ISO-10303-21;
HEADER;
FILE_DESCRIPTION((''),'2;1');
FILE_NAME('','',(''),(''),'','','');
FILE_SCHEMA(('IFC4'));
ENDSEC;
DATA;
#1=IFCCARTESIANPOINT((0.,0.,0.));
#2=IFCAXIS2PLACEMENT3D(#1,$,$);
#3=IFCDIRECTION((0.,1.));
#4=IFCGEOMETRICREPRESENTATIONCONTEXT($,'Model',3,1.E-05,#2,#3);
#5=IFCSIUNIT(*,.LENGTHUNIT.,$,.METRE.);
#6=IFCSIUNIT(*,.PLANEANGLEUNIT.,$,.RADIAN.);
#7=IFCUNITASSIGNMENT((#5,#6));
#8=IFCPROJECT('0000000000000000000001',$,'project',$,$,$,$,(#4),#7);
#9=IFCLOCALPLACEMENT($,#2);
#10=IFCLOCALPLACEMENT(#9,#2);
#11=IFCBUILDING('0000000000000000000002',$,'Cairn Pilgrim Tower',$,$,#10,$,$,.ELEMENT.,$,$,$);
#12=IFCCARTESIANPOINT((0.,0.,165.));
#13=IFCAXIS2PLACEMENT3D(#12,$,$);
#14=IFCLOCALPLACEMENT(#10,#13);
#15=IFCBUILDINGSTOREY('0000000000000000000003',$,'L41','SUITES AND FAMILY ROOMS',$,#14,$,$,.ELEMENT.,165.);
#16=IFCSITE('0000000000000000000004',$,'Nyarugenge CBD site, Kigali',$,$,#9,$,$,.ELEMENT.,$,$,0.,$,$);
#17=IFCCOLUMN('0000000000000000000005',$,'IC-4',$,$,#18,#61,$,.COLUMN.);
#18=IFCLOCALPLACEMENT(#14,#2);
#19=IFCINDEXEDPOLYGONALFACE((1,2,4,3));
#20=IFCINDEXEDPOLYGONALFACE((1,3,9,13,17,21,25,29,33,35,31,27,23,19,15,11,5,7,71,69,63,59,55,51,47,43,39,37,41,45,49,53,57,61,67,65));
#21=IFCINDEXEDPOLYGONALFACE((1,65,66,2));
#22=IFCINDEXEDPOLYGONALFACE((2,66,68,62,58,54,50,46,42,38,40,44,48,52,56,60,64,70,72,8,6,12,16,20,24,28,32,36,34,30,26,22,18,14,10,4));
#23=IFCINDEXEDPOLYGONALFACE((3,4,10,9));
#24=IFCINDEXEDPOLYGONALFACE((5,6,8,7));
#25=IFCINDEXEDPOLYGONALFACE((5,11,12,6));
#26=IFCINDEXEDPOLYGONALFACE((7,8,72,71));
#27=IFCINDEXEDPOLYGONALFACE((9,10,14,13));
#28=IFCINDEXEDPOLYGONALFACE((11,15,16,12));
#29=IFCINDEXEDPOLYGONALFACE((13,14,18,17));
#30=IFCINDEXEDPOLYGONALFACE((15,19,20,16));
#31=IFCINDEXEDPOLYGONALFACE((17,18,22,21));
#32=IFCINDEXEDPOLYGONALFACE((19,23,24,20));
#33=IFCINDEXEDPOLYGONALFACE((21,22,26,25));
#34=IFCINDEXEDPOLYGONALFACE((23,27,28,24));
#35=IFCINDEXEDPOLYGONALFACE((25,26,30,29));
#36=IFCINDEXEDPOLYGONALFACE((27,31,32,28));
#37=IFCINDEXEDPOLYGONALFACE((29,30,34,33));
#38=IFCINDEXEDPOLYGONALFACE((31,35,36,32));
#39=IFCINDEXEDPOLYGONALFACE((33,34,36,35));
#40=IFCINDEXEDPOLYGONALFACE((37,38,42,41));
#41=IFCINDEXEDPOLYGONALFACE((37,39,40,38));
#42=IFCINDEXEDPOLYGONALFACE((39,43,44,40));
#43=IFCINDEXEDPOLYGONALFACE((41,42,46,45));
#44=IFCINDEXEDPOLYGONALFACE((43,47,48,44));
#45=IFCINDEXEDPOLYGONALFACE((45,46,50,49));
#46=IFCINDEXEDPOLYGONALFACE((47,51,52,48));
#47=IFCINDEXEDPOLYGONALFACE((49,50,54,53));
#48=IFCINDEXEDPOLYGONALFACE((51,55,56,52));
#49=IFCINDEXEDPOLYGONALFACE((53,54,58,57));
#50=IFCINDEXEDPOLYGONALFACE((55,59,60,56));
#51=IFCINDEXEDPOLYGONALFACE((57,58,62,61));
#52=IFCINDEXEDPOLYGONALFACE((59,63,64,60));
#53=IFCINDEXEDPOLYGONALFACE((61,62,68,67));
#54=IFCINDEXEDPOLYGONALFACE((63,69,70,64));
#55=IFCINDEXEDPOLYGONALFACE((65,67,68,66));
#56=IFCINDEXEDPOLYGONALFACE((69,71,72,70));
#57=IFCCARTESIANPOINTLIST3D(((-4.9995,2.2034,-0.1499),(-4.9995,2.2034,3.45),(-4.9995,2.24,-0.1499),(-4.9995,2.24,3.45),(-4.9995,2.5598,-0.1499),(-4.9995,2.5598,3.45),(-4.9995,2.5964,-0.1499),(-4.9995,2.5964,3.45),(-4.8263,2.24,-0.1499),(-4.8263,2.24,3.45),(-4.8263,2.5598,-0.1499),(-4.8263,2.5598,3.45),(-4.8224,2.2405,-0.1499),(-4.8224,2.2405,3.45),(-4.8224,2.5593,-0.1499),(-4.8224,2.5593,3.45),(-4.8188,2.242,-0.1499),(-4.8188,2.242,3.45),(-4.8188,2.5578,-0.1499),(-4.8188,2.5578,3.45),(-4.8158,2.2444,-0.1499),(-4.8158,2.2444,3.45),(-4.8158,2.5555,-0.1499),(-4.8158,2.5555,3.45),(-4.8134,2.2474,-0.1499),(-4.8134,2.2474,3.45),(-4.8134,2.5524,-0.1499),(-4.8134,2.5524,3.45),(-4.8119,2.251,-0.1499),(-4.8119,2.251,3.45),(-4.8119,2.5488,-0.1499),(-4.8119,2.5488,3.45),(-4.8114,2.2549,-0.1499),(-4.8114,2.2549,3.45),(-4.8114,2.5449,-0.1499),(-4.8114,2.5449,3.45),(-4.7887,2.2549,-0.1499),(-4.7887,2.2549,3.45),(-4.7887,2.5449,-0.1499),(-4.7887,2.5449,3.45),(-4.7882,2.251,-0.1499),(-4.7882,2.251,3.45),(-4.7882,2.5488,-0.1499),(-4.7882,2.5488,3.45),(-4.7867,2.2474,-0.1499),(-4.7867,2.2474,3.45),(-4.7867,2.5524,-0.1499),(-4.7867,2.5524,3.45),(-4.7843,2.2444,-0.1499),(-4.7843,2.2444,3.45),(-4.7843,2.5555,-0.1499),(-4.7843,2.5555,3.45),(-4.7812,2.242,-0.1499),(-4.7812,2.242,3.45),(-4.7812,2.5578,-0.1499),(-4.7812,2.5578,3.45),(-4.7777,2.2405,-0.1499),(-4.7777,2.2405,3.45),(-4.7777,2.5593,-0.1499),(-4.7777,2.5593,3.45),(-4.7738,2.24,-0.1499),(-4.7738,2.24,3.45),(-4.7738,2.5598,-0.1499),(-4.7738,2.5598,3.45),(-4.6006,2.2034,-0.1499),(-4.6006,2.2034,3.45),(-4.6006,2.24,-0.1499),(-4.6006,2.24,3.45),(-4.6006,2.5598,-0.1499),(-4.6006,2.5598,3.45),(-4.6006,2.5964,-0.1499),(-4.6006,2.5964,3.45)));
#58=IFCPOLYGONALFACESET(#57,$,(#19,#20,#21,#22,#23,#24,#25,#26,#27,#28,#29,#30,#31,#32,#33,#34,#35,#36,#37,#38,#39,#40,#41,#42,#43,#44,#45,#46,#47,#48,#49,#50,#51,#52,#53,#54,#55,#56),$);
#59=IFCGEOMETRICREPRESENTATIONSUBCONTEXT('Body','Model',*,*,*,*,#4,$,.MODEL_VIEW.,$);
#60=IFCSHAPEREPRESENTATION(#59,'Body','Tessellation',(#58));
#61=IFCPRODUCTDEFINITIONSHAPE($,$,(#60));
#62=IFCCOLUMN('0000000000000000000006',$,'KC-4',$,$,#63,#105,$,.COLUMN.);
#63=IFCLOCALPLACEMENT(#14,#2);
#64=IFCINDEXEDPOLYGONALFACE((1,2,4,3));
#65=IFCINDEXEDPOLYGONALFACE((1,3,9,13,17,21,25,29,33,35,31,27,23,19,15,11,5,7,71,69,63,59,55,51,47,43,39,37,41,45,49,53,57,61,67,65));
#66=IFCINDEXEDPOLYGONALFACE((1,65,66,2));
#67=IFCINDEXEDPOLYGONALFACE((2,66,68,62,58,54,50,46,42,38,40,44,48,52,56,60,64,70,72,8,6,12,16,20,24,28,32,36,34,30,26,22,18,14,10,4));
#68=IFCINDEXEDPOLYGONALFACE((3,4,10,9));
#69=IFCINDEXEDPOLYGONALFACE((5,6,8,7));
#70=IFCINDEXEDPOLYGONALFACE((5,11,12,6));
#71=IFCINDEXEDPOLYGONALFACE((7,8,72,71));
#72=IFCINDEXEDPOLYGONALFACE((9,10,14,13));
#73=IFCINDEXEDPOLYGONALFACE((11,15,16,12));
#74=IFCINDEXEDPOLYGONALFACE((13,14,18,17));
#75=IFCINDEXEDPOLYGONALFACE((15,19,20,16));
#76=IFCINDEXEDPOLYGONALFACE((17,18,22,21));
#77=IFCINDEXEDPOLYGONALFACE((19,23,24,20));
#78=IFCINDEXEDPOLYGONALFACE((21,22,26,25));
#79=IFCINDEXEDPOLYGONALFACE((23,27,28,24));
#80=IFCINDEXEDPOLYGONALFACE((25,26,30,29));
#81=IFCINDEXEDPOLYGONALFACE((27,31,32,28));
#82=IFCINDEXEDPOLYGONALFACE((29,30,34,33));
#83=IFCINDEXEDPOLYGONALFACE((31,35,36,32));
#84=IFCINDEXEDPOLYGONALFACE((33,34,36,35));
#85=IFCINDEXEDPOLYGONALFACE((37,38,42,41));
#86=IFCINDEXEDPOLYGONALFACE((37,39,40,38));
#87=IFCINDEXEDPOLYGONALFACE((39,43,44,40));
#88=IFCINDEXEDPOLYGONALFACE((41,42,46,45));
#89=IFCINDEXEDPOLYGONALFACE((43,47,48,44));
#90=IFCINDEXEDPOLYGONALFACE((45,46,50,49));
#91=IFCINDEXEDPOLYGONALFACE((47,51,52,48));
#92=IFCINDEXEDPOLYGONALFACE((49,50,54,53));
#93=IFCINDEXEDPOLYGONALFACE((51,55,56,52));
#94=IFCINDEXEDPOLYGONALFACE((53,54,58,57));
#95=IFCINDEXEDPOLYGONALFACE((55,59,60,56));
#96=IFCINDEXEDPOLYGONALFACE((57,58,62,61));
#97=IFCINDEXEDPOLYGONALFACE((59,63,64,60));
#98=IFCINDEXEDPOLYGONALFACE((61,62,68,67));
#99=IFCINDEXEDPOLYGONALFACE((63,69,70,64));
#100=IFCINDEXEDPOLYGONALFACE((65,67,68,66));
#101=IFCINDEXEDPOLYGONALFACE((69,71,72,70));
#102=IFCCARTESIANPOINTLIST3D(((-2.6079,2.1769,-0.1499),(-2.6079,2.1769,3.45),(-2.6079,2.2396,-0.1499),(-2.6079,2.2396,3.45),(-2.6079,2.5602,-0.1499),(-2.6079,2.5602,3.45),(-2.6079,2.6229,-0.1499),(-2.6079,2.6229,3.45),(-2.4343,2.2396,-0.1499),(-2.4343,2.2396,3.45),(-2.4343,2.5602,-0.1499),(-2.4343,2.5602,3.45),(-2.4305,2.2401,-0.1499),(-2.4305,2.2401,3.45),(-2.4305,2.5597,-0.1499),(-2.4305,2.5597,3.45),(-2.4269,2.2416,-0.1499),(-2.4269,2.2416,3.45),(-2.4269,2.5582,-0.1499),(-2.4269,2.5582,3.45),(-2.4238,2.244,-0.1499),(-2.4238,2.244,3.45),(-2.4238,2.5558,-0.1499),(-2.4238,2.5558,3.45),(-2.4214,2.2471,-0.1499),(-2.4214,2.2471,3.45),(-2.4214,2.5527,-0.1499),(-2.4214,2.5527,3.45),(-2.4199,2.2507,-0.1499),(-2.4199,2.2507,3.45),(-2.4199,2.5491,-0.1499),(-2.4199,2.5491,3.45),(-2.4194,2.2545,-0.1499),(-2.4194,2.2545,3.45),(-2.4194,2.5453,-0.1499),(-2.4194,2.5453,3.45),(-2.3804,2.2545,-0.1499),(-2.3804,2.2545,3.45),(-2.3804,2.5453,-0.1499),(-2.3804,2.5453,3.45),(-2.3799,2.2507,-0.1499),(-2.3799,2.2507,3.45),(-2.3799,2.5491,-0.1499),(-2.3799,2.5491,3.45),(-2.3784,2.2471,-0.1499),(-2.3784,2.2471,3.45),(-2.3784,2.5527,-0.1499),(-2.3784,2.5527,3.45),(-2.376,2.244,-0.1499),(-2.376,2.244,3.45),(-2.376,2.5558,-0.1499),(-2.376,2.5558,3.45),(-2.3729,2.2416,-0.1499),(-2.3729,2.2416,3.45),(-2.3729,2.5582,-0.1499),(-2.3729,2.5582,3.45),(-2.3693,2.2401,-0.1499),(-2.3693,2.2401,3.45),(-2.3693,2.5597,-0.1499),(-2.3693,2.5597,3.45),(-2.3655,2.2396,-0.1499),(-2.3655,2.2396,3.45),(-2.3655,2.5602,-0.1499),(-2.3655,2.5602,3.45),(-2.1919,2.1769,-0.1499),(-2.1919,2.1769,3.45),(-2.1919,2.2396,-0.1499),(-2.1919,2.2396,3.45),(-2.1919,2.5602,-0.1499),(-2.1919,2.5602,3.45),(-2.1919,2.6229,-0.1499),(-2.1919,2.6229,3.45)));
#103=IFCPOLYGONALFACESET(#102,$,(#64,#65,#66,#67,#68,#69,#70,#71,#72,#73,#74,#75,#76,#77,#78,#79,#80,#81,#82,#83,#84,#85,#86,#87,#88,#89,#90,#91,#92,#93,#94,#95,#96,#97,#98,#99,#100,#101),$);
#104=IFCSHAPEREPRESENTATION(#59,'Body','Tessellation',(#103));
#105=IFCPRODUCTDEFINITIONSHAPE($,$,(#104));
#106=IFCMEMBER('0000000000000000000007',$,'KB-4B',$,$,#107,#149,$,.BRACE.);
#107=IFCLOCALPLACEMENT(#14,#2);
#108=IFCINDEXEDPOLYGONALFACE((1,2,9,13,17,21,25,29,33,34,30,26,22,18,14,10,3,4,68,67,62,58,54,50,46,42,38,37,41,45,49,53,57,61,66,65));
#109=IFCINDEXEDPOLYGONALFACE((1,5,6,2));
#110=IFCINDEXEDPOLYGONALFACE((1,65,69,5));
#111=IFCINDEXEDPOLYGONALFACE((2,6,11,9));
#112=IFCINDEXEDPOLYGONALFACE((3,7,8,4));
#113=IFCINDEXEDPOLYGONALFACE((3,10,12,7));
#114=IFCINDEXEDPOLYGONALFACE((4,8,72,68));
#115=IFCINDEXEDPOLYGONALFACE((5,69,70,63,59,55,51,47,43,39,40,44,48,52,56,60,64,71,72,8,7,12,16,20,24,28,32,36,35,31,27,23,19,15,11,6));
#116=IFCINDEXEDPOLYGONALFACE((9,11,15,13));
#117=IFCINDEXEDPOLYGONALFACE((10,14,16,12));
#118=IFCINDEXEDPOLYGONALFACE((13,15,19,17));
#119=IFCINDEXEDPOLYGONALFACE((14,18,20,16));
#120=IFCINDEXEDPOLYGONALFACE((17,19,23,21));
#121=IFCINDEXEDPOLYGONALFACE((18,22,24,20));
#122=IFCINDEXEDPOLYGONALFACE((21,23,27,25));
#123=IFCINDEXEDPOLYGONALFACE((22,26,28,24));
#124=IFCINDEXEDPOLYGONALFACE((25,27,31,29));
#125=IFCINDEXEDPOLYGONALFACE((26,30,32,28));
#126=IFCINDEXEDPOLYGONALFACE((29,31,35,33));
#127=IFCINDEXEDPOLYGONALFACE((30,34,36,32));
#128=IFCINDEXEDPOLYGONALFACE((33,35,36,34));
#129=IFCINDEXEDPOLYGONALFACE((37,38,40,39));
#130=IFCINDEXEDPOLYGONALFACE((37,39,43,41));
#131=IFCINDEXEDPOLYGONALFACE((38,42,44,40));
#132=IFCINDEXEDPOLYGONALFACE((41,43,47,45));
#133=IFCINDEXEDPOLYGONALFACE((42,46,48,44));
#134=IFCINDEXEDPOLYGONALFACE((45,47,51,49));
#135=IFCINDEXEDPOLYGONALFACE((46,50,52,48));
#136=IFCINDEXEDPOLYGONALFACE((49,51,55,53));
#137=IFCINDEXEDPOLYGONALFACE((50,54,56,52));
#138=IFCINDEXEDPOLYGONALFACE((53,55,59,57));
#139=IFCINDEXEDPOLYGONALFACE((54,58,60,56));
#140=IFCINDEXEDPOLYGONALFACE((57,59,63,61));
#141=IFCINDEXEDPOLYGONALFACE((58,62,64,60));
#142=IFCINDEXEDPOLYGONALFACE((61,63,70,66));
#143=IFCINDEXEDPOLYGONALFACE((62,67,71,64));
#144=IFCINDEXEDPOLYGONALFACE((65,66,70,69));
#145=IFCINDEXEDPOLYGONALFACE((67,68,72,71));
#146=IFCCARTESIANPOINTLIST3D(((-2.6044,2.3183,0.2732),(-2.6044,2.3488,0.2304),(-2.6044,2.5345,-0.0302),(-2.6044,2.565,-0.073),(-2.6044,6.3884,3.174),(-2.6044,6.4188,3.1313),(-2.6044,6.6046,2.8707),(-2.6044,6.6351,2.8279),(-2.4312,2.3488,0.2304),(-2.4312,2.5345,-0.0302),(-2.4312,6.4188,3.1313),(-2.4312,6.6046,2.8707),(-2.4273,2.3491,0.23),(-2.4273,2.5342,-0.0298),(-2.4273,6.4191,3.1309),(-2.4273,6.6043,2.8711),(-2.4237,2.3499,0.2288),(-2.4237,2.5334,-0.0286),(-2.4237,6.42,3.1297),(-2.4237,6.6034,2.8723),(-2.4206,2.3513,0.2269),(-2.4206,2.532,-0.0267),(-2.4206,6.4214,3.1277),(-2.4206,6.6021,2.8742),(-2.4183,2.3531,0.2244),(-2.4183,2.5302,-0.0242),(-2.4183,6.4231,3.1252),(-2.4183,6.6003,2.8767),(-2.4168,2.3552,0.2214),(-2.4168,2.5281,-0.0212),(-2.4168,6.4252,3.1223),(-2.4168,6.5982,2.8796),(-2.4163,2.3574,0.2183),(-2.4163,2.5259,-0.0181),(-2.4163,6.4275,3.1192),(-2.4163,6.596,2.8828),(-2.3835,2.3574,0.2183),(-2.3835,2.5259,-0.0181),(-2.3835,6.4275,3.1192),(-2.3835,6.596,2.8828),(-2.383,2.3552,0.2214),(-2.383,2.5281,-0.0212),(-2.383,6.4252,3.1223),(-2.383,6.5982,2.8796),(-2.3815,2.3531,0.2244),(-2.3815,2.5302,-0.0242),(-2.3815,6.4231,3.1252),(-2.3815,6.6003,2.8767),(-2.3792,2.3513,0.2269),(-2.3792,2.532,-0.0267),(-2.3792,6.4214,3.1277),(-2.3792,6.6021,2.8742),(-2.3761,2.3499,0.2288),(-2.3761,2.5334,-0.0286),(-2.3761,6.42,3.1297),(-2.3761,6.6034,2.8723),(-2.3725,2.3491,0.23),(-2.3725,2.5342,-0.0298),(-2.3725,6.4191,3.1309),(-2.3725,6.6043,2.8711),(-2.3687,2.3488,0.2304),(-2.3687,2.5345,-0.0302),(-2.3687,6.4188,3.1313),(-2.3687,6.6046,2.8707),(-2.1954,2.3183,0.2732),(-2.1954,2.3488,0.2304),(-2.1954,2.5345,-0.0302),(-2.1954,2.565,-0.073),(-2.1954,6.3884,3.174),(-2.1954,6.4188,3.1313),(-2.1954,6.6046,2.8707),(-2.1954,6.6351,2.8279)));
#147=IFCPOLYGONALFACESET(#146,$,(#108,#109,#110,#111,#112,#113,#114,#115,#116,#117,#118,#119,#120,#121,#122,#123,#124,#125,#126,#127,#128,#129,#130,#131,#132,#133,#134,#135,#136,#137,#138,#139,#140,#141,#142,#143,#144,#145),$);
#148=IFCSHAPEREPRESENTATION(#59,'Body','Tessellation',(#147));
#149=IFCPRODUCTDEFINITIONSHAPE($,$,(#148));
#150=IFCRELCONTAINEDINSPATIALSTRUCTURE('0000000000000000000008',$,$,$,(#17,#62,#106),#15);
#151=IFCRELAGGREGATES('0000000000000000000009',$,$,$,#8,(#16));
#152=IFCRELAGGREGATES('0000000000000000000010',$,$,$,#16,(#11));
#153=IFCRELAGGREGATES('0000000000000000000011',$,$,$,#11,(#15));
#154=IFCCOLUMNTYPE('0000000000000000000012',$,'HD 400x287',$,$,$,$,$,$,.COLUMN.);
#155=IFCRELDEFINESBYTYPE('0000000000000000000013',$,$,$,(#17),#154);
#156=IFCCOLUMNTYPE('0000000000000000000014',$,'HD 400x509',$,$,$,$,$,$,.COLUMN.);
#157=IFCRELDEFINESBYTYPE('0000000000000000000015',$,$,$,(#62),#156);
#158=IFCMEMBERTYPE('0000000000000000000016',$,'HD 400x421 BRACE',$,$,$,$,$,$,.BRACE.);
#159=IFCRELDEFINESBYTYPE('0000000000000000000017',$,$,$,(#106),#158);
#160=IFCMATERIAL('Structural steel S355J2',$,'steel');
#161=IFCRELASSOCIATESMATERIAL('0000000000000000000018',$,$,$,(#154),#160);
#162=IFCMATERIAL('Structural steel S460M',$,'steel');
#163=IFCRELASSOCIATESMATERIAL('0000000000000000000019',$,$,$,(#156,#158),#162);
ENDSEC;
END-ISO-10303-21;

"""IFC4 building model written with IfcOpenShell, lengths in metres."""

from ifc_helpers import new_model, si_unit, direction, frame, origin, origin_2d, place, context, subcontext, project, spatial, i_section, extrude, material, material_profile, profile_set, type_object, element, save


model = new_model("IFC4")

# Units and contexts
model_context = context("Model", 3, precision=1e-05, world=origin(), true_north=direction((0.0, 1.0)))
body_context = subcontext(model_context, "Body", "Model", "MODEL_VIEW")
ifc_project = project(units=[si_unit("LENGTHUNIT", "METRE"), si_unit("PLANEANGLEUNIT", "RADIAN")], contexts=[model_context])

# Site, building, storey
site_placement = place(None, origin())
site = spatial("IfcSite", under=ifc_project, at=site_placement, Name="Nyarugenge CBD site, Kigali", CompositionType="ELEMENT", RefElevation=0.0)
building_placement = place(site_placement, origin())
building = spatial("IfcBuilding", under=site, at=building_placement, Name="Cairn Pilgrim Tower", CompositionType="ELEMENT")
storey_placement = place(building_placement, frame((0.0, 0.0, 165.0)))
storey = spatial("IfcBuildingStorey", under=building, at=storey_placement, Name="L41", Description="SUITES AND FAMILY ROOMS", CompositionType="ELEMENT", Elevation=165.0)

# Columns
ifc_material_1 = material(Name="Structural steel S355J2", Category="steel")
ifc_material_profile_1 = material_profile(ifc_material_1, i_section(OverallWidth=0.3989, OverallDepth=0.3931, WebThickness=0.0227, FlangeThickness=0.0366, FilletRadius=0.0149, at=origin_2d()), Name="HD 400x287")
ifc_profile_set_1 = profile_set([ifc_material_profile_1], Name="Structural steel S355J2")
column_type_1 = type_object("IfcColumnType", Name="HD 400x287", PredefinedType="COLUMN", material=ifc_profile_set_1)
column_1_placement = place(storey_placement, frame((-4.8, 2.3999, -0.1499), z_axis=(0.0, 0.0, 1.0), x_axis=(1.0, 0.0, 0.0)))
element("IfcColumn", 1, at=column_1_placement, inside=storey, type_object=column_type_1, Name="IC-4", PredefinedType="COLUMN", context=body_context, shape_type="SweptSolid", body=[
    extrude(i_section(OverallWidth=0.3989, OverallDepth=0.3931, WebThickness=0.0227, FlangeThickness=0.0366, FilletRadius=0.0149, at=origin_2d()), origin(), (0.0, 0.0, 1.0), 3.5999),
])
ifc_material_2 = material(Name="Structural steel S460M", Category="steel")
ifc_material_profile_2 = material_profile(ifc_material_2, i_section(OverallWidth=0.416, OverallDepth=0.446, WebThickness=0.0391, FlangeThickness=0.0627, FilletRadius=0.0149, at=origin_2d()), Name="HD 400x509")
ifc_profile_set_2 = profile_set([ifc_material_profile_2], Name="Structural steel S460M")
column_type_2 = type_object("IfcColumnType", Name="HD 400x509", PredefinedType="COLUMN", material=ifc_profile_set_2)
column_2_placement = place(storey_placement, frame((-2.3999, 2.3999, -0.1499), z_axis=(0.0, 0.0, 1.0), x_axis=(1.0, 0.0, 0.0)))
element("IfcColumn", 2, at=column_2_placement, inside=storey, type_object=column_type_2, Name="KC-4", PredefinedType="COLUMN", context=body_context, shape_type="SweptSolid", body=[
    extrude(i_section(OverallWidth=0.416, OverallDepth=0.446, WebThickness=0.0391, FlangeThickness=0.0627, FilletRadius=0.0149, at=origin_2d()), origin(), (0.0, 0.0, 1.0), 3.5999),
])

# Member
ifc_material_profile_3 = material_profile(ifc_material_2, i_section(OverallWidth=0.4089, OverallDepth=0.425, WebThickness=0.0327, FlangeThickness=0.0525, FilletRadius=0.0149, at=origin_2d()), Name="HD 400x421")
ifc_profile_set_3 = profile_set([ifc_material_profile_3], Name="Structural steel S460M")
member_type = type_object("IfcMemberType", Name="HD 400x421 BRACE", PredefinedType="BRACE", material=ifc_profile_set_3)
member_placement = place(storey_placement, frame((-2.3999, 2.4417, 0.1001), z_axis=(0.0, 0.81433, 0.580402), x_axis=(-1.0, 0.0, 0.0)))
element("IfcMember", 3, at=member_placement, inside=storey, type_object=member_type, Name="KB-4B", PredefinedType="BRACE", context=body_context, shape_type="SweptSolid", body=[
    extrude(i_section(OverallWidth=0.4089, OverallDepth=0.425, WebThickness=0.0327, FlangeThickness=0.0525, FilletRadius=0.0149, at=origin_2d()), origin(), (0.0, 0.0, 1.0), 4.998),
])

save(model, "model.ifc")
